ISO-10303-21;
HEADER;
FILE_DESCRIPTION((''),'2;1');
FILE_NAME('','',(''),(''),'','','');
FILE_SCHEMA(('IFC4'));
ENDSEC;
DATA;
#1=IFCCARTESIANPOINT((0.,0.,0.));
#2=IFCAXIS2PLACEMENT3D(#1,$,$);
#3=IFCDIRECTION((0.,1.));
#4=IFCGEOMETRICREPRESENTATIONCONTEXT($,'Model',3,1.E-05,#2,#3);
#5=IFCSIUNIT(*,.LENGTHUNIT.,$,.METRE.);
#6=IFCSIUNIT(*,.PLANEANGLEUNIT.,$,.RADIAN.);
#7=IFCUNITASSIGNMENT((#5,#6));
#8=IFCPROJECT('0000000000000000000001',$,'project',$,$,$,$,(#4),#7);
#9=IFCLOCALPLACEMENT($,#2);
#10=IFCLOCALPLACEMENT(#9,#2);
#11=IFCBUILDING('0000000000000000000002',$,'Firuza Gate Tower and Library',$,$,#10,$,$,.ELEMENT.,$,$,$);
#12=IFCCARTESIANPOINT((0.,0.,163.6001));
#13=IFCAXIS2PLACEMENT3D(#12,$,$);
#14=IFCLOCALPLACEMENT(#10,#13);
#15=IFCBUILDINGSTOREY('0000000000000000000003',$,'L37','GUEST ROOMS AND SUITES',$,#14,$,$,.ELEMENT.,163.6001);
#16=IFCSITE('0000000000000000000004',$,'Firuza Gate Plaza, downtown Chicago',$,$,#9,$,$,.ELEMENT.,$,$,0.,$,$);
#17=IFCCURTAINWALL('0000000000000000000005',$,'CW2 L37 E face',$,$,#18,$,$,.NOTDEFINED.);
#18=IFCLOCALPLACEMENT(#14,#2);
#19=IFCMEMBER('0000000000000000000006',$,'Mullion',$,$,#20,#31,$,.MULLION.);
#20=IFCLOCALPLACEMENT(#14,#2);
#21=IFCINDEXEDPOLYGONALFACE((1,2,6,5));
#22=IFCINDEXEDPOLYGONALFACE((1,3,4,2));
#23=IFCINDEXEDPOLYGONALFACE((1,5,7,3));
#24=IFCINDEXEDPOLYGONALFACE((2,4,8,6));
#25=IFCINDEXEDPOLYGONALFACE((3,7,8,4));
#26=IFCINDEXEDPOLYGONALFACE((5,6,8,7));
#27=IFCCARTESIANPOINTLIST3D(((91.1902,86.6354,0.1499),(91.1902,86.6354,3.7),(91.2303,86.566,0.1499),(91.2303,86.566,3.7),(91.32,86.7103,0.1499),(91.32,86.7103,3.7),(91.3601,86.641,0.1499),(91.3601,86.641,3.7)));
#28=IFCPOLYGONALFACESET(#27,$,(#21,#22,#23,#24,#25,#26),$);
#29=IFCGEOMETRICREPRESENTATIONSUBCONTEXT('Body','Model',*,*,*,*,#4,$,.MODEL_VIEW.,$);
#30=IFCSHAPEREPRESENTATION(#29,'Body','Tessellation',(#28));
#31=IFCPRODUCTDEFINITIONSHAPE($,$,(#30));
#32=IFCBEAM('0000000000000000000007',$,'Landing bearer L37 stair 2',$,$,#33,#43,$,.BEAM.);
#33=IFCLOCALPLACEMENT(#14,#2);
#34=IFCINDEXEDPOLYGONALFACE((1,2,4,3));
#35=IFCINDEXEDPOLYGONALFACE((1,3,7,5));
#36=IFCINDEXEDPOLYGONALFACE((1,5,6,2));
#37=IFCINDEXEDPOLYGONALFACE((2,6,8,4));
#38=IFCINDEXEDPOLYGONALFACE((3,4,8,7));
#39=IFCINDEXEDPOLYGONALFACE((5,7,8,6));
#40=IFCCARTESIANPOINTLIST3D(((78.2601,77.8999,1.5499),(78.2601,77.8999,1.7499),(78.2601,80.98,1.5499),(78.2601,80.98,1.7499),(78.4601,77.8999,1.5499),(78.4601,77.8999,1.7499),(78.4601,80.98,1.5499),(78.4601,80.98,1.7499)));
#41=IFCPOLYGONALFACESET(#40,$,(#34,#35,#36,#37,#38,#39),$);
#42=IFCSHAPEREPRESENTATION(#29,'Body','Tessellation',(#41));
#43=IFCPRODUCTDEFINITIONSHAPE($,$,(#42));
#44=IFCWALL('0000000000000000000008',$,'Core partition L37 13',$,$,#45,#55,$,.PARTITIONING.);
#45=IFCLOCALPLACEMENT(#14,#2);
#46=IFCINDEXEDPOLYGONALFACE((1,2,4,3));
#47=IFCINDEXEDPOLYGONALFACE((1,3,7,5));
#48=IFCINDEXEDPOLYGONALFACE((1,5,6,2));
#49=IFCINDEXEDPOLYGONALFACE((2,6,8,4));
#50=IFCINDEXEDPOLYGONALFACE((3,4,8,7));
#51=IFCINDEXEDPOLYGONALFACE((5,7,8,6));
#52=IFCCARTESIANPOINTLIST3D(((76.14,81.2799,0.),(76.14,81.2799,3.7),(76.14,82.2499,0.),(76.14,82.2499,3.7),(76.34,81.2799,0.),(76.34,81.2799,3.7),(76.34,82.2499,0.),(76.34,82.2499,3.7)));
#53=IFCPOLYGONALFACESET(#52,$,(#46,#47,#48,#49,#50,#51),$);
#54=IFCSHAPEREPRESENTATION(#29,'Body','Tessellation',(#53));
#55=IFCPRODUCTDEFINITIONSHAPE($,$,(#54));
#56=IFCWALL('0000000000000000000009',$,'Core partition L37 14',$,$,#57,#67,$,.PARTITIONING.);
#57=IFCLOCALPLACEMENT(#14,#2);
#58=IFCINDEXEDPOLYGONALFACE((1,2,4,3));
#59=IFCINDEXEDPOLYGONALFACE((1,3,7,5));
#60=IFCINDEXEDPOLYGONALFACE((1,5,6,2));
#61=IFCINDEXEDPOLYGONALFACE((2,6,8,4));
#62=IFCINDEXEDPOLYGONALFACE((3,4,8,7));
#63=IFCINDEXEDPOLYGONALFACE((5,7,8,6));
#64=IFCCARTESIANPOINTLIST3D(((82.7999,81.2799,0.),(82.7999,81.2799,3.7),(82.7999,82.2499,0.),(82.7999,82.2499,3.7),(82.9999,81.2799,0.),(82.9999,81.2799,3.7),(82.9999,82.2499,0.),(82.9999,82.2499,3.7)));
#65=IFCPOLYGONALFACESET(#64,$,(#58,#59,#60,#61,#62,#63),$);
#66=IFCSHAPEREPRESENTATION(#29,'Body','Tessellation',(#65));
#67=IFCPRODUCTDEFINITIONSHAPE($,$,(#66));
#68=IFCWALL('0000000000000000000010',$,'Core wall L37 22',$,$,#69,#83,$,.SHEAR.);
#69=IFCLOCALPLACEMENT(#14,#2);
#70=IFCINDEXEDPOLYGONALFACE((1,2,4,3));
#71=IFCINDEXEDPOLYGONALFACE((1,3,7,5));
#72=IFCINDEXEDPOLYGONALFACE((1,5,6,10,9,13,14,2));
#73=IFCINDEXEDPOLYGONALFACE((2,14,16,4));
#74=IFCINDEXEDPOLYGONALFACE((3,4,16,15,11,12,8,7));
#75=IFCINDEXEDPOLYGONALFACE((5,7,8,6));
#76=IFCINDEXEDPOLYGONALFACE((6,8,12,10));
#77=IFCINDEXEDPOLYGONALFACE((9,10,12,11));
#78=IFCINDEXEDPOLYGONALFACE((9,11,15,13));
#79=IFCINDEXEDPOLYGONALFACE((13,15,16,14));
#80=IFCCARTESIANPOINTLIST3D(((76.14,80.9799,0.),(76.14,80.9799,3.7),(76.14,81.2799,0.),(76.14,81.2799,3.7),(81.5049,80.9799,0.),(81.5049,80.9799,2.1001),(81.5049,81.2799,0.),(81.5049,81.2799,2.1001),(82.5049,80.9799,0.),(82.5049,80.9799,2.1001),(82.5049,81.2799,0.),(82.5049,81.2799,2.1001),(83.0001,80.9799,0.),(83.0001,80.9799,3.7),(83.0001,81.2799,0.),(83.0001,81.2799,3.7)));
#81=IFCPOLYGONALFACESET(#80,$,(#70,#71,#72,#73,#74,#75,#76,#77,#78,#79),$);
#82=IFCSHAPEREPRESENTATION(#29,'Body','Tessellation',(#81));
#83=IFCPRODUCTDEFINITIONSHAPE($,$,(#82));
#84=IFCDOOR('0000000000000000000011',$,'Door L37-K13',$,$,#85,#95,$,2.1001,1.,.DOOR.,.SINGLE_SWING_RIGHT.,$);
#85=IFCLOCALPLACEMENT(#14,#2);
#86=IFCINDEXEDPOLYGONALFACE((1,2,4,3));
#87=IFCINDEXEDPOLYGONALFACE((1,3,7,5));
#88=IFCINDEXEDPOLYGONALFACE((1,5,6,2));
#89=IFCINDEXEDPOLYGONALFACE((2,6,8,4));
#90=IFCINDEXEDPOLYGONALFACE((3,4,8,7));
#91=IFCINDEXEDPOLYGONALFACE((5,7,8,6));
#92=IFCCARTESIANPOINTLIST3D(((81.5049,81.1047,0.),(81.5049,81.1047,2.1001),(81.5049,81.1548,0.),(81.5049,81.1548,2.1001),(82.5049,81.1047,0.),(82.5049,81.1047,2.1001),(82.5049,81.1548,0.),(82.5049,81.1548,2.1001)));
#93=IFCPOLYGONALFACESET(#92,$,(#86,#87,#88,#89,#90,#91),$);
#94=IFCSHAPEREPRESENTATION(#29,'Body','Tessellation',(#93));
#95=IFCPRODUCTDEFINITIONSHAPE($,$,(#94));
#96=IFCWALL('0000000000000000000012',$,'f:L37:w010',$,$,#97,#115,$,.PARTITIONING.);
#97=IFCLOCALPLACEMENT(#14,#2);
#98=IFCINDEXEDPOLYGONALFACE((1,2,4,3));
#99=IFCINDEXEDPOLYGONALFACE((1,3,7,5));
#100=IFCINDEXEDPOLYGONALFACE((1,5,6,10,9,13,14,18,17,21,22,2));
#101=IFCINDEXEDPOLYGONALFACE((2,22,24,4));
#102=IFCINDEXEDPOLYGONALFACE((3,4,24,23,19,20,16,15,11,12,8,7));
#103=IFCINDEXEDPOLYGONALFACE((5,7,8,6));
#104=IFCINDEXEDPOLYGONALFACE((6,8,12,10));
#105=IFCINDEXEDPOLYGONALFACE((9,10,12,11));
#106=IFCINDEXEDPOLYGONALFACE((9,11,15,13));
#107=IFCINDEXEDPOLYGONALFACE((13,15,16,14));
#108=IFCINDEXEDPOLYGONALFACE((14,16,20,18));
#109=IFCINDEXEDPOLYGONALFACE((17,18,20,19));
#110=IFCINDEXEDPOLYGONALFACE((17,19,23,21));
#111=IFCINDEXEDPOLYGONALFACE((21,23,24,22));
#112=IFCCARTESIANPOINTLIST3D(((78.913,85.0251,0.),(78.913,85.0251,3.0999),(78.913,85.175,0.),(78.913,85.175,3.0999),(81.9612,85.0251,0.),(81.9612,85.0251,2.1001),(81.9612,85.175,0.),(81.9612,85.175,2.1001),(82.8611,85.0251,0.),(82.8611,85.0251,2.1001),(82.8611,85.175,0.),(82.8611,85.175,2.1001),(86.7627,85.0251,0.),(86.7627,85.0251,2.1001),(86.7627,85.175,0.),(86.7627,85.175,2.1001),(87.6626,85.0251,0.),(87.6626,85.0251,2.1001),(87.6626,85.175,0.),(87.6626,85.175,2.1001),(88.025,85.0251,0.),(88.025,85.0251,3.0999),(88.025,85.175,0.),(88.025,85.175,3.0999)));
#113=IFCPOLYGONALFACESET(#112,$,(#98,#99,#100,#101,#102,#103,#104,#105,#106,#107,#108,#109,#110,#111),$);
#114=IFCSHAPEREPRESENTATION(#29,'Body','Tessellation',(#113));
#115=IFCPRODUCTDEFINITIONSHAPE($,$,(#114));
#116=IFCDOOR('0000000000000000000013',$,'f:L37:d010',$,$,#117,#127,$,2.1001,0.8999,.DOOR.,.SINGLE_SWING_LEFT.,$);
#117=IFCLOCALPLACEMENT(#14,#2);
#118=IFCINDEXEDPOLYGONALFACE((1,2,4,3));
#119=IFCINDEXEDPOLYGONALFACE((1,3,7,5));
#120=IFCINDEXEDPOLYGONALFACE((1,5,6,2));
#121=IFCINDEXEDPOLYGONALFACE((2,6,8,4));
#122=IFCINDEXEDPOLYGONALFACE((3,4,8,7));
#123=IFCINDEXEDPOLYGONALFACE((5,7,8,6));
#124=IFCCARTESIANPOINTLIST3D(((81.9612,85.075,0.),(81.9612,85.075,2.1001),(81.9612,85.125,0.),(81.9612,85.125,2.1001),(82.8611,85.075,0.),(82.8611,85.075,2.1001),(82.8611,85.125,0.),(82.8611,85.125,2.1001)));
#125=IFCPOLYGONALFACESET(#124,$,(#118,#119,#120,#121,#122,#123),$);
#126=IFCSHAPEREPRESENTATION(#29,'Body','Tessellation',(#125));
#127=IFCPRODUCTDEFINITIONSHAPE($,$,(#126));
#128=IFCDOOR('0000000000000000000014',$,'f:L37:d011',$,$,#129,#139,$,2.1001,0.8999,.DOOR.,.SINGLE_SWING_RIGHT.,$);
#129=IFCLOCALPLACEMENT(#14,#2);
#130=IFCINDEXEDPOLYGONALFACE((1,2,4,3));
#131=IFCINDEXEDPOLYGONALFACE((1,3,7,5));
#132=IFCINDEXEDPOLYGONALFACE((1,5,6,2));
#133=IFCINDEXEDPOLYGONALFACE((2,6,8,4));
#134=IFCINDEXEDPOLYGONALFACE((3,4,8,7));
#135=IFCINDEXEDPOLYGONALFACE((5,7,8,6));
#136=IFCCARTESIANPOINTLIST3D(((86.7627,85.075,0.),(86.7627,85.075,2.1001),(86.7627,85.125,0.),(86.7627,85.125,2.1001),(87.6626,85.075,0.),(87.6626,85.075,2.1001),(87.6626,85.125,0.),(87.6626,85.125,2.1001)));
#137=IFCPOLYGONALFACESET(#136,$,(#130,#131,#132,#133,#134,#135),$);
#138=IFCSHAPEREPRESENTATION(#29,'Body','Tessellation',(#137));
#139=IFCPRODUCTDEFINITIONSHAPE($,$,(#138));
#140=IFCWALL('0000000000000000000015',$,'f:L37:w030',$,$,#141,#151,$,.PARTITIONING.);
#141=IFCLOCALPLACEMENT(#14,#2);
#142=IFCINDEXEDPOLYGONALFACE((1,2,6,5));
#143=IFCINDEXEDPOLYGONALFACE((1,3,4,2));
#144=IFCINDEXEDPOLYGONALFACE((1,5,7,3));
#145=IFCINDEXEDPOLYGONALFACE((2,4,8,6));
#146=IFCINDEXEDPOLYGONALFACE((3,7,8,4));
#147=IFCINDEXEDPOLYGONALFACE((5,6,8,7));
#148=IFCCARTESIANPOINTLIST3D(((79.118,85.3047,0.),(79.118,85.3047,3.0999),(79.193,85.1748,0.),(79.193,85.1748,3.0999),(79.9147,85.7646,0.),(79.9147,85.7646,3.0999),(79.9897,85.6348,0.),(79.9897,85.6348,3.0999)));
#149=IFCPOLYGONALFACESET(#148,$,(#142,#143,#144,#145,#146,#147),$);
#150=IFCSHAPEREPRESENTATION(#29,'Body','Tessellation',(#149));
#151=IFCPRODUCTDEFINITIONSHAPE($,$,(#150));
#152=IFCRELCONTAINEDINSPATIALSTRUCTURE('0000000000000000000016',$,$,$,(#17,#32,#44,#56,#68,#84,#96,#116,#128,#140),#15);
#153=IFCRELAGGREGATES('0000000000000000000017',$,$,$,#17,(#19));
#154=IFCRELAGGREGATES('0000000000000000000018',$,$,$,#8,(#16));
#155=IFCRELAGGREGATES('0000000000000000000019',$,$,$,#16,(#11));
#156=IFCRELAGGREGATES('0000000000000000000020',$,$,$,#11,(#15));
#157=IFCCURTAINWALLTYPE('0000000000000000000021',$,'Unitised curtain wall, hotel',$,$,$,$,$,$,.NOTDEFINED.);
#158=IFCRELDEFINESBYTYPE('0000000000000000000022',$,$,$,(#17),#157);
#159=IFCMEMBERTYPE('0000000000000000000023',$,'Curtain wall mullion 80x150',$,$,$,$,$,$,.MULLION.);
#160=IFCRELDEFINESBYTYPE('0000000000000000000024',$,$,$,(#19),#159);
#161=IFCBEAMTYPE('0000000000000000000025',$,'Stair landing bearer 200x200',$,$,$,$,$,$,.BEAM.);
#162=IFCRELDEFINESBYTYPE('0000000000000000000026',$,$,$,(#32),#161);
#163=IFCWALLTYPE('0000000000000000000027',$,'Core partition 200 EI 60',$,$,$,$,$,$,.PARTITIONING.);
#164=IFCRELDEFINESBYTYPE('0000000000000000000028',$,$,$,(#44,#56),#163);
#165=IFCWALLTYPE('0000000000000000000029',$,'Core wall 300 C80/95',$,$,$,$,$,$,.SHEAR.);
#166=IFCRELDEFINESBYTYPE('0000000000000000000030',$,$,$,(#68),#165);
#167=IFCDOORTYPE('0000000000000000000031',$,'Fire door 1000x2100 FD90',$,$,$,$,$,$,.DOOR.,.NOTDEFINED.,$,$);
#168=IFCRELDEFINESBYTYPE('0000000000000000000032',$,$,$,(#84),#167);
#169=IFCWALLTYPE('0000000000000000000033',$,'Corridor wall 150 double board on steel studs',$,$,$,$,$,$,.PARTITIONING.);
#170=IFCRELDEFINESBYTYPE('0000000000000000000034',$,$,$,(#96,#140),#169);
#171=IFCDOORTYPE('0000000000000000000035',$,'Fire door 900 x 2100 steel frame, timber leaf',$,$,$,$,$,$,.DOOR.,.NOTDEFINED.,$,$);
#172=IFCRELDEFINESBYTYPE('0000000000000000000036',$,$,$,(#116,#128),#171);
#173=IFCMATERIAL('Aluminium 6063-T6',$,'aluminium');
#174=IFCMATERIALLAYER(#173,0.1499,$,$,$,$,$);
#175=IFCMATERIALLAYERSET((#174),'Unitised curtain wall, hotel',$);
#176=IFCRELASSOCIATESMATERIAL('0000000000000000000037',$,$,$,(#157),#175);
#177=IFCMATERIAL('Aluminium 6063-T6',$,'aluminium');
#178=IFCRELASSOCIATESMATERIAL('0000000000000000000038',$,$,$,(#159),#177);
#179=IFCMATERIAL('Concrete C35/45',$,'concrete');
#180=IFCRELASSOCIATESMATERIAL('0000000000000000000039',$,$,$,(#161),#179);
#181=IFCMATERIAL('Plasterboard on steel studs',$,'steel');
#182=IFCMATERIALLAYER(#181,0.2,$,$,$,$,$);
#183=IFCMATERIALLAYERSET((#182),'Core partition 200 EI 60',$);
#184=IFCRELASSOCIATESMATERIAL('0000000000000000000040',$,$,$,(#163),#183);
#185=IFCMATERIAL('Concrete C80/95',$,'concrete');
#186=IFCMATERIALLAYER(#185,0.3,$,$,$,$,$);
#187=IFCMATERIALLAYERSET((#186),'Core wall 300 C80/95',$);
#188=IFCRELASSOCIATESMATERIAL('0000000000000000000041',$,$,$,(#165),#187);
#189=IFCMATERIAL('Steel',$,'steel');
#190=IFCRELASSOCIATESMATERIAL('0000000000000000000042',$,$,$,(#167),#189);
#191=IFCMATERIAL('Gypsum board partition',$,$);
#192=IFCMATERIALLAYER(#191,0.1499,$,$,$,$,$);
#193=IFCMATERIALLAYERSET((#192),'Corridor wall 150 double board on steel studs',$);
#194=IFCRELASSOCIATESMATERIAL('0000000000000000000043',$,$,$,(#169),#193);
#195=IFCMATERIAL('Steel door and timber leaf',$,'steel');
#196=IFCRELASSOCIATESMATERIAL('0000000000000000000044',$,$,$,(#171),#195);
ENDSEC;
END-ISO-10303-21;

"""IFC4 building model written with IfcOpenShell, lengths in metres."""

from ifc_helpers import new_model, si_unit, direction, frame, frame_2d, origin, origin_2d, place, context, subcontext, project, spatial, rectangle, extrude, material, layer, layer_set, material_profile, profile_set, type_object, element, fill, aggregate, save


model = new_model("IFC4")

# Units and contexts
model_context = context("Model", 3, precision=1e-05, world=origin(), true_north=direction((0.0, 1.0)))
body_context = subcontext(model_context, "Body", "Model", "MODEL_VIEW")
ifc_project = project(units=[si_unit("LENGTHUNIT", "METRE"), si_unit("PLANEANGLEUNIT", "RADIAN")], contexts=[model_context])

# Site, building, storey
site_placement = place(None, origin())
site = spatial("IfcSite", under=ifc_project, at=site_placement, Name="Firuza Gate Plaza, downtown Chicago", CompositionType="ELEMENT", RefElevation=0.0)
building_placement = place(site_placement, origin())
building = spatial("IfcBuilding", under=site, at=building_placement, Name="Firuza Gate Tower and Library", CompositionType="ELEMENT")
storey_placement = place(building_placement, frame((0.0, 0.0, 163.6001)))
storey = spatial("IfcBuildingStorey", under=building, at=storey_placement, Name="L37", Description="GUEST ROOMS AND SUITES", CompositionType="ELEMENT", Elevation=163.6001)

# Curtain wall, member
ifc_material_1 = material(Name="Aluminium 6063-T6", Category="aluminium")
ifc_layer_1 = layer(ifc_material_1, 0.1499)
ifc_layer_set_1 = layer_set([ifc_layer_1], Name="Unitised curtain wall, hotel")
curtain_wall_type = type_object("IfcCurtainWallType", Name="Unitised curtain wall, hotel", PredefinedType="NOTDEFINED", material=ifc_layer_set_1)
placement = place(storey_placement, origin())
curtain_wall = element("IfcCurtainWall", 1, at=placement, inside=storey, type_object=curtain_wall_type, Name="CW2 L37 E face", PredefinedType="NOTDEFINED")
ifc_material_2 = material(Name="Aluminium 6063-T6", Category="aluminium")
ifc_material_profile_1 = material_profile(ifc_material_2, rectangle(XDim=0.1499, YDim=0.0801, at=origin_2d()))
ifc_profile_set_1 = profile_set([ifc_material_profile_1], Name="Aluminium 6063-T6")
member_type = type_object("IfcMemberType", Name="Curtain wall mullion 80x150", PredefinedType="MULLION", material=ifc_profile_set_1)
member_placement = place(storey_placement, frame((91.2751, 86.6382, 0.1499), z_axis=(0.0, 0.0, 1.0), x_axis=(-0.866025, -0.5, 0.0)))
member = element("IfcMember", 2, at=member_placement, type_object=member_type, Name="Mullion", PredefinedType="MULLION", context=body_context, shape_type="SweptSolid", body=[
    extrude(rectangle(XDim=0.1499, YDim=0.0801, at=origin_2d()), origin(), (0.0, 0.0, 1.0), 3.55),
])
aggregate(curtain_wall, [member])

# Beam
ifc_material_3 = material(Name="Concrete C35/45", Category="concrete")
ifc_material_profile_2 = material_profile(ifc_material_3, rectangle(XDim=0.2, YDim=0.2, at=origin_2d()))
ifc_profile_set_2 = profile_set([ifc_material_profile_2], Name="Concrete C35/45")
beam_type = type_object("IfcBeamType", Name="Stair landing bearer 200x200", PredefinedType="BEAM", material=ifc_profile_set_2)
beam_placement = place(storey_placement, frame((78.3601, 80.98, 1.6499), z_axis=(0.0, -1.0, 0.0), x_axis=(1.0, 0.0, 0.0)))
element("IfcBeam", 3, at=beam_placement, inside=storey, type_object=beam_type, Name="Landing bearer L37 stair 2", PredefinedType="BEAM", context=body_context, shape_type="SweptSolid", body=[
    extrude(rectangle(XDim=0.2, YDim=0.2, at=origin_2d()), origin(), (0.0, 0.0, 1.0), 3.0801),
])

# Walls
ifc_material_4 = material(Name="Plasterboard on steel studs", Category="steel")
ifc_layer_2 = layer(ifc_material_4, 0.2)
ifc_layer_set_2 = layer_set([ifc_layer_2], Name="Core partition 200 EI 60")
wall_type_1 = type_object("IfcWallType", Name="Core partition 200 EI 60", PredefinedType="PARTITIONING", material=ifc_layer_set_2)
for number, where, z_axis, x_axis, name in (
    (4, (76.24, 81.28, 0.0), (0.0, 0.0, 1.0), (0.0, 1.0, 0.0), "Core partition L37 13"),
    (5, (82.8999, 81.28, 0.0), (0.0, 0.0, 1.0), (0.0, 1.0, 0.0), "Core partition L37 14"),
):
    element("IfcWall", number, at=place(storey_placement, frame(where, z_axis=z_axis, x_axis=x_axis)), inside=storey, type_object=wall_type_1, Name=name, PredefinedType="PARTITIONING", context=body_context, shape_type="SweptSolid", body=[
        extrude(rectangle(XDim=0.97, YDim=0.2, at=frame_2d((0.4849, 0.0))), origin(), (0.0, 0.0, 1.0), 3.7),
    ])

# Wall, opening, door
ifc_material_5 = material(Name="Concrete C80/95", Category="concrete")
ifc_layer_3 = layer(ifc_material_5, 0.3)
ifc_layer_set_3 = layer_set([ifc_layer_3], Name="Core wall 300 C80/95")
wall_type_2 = type_object("IfcWallType", Name="Core wall 300 C80/95", PredefinedType="SHEAR", material=ifc_layer_set_3)
wall_1_placement = place(storey_placement, frame((76.1399, 81.1299, 0.0), z_axis=(0.0, 0.0, 1.0), x_axis=(1.0, 0.0, 0.0)))
wall_1 = element("IfcWall", 6, at=wall_1_placement, inside=storey, type_object=wall_type_2, Name="Core wall L37 22", PredefinedType="SHEAR", context=body_context, shape_type="SweptSolid", body=[
    extrude(rectangle(XDim=6.8601, YDim=0.3, at=frame_2d((3.4302, 0.0))), origin(), (0.0, 0.0, 1.0), 3.7),
])
opening_1_placement = place(wall_1_placement, frame((5.365, 0.0, 0.0)))
opening_1 = element("IfcOpeningElement", 7, at=opening_1_placement, cuts=wall_1, PredefinedType="OPENING", context=body_context, shape_type="SweptSolid", body=[
    extrude(rectangle(XDim=1.0, YDim=2.1001, at=frame_2d((0.5, 1.05))), frame((0.0, 0.1602, 0.0), z_axis=(0.0, -1.0, 0.0), x_axis=(1.0, 0.0, 0.0)), (0.0, 0.0, 1.0), 0.3201),
])
ifc_material_6 = material(Name="Steel", Category="steel")
door_type_1 = type_object("IfcDoorType", Name="Fire door 1000x2100 FD90", OperationType="NOTDEFINED", PredefinedType="DOOR", material=ifc_material_6)
door_1_placement = place(opening_1_placement, origin())
door_1 = element("IfcDoor", 8, at=door_1_placement, inside=storey, type_object=door_type_1, Name="Door L37-K13", OperationType="SINGLE_SWING_RIGHT", OverallHeight=2.1001, OverallWidth=1.0, PredefinedType="DOOR", context=body_context, shape_type="SweptSolid", body=[
    extrude(rectangle(XDim=1.0, YDim=2.1001, at=frame_2d((0.5, 1.05))), frame((0.0, 0.0249, 0.0), z_axis=(0.0, -1.0, 0.0), x_axis=(1.0, 0.0, 0.0)), (0.0, 0.0, 1.0), 0.05),
])
fill(opening_1, door_1)

# Wall, openings, doors
ifc_material_7 = material(Name="Gypsum board partition")
ifc_layer_4 = layer(ifc_material_7, 0.1499)
ifc_layer_set_4 = layer_set([ifc_layer_4], Name="Corridor wall 150 double board on steel studs")
wall_type_3 = type_object("IfcWallType", Name="Corridor wall 150 double board on steel studs", PredefinedType="PARTITIONING", material=ifc_layer_set_4)
wall_2_placement = place(storey_placement, frame((78.9128, 85.1001, 0.0), z_axis=(0.0, 0.0, 1.0), x_axis=(1.0, 0.0, 0.0)))
wall_2 = element("IfcWall", 9, at=wall_2_placement, inside=storey, type_object=wall_type_3, Name="f:L37:w010", PredefinedType="PARTITIONING", context=body_context, shape_type="SweptSolid", body=[
    extrude(rectangle(XDim=9.1121, YDim=0.1499, at=frame_2d((4.5562, 0.0))), origin(), (0.0, 0.0, 1.0), 3.0999),
])
opening_2_placement = place(wall_2_placement, frame((3.0483, 0.0, 0.0)))
opening_2 = element("IfcOpeningElement", 10, at=opening_2_placement, cuts=wall_2, PredefinedType="OPENING", context=body_context, shape_type="SweptSolid", body=[
    extrude(rectangle(XDim=0.8999, YDim=2.1001, at=frame_2d((0.45, 1.05))), frame((0.0, 0.085, 0.0), z_axis=(0.0, -1.0, 0.0), x_axis=(1.0, 0.0, 0.0)), (0.0, 0.0, 1.0), 0.1699),
])
opening_3_placement = place(wall_2_placement, frame((7.8499, 0.0, 0.0)))
opening_3 = element("IfcOpeningElement", 11, at=opening_3_placement, cuts=wall_2, PredefinedType="OPENING", context=body_context, shape_type="SweptSolid", body=[
    extrude(rectangle(XDim=0.8999, YDim=2.1001, at=frame_2d((0.45, 1.05))), frame((0.0, 0.085, 0.0), z_axis=(0.0, -1.0, 0.0), x_axis=(1.0, 0.0, 0.0)), (0.0, 0.0, 1.0), 0.1699),
])
ifc_material_8 = material(Name="Steel door and timber leaf", Category="steel")
door_type_2 = type_object("IfcDoorType", Name="Fire door 900 x 2100 steel frame, timber leaf", OperationType="NOTDEFINED", PredefinedType="DOOR", material=ifc_material_8)
door_2_placement = place(opening_2_placement, origin())
door_2 = element("IfcDoor", 12, at=door_2_placement, inside=storey, type_object=door_type_2, Name="f:L37:d010", OperationType="SINGLE_SWING_LEFT", OverallHeight=2.1001, OverallWidth=0.8999, PredefinedType="DOOR", context=body_context, shape_type="SweptSolid", body=[
    extrude(rectangle(XDim=0.8999, YDim=2.1001, at=frame_2d((0.45, 1.05))), frame((0.0, 0.0249, 0.0), z_axis=(0.0, -1.0, 0.0), x_axis=(1.0, 0.0, 0.0)), (0.0, 0.0, 1.0), 0.05),
])
fill(opening_2, door_2)
door_3_placement = place(opening_3_placement, origin())
door_3 = element("IfcDoor", 13, at=door_3_placement, inside=storey, type_object=door_type_2, Name="f:L37:d011", OperationType="SINGLE_SWING_RIGHT", OverallHeight=2.1001, OverallWidth=0.8999, PredefinedType="DOOR", context=body_context, shape_type="SweptSolid", body=[
    extrude(rectangle(XDim=0.8999, YDim=2.1001, at=frame_2d((0.45, 1.05))), frame((0.0, 0.0249, 0.0), z_axis=(0.0, -1.0, 0.0), x_axis=(1.0, 0.0, 0.0)), (0.0, 0.0, 1.0), 0.05),
])
fill(opening_3, door_3)

# Wall
wall_3_placement = place(storey_placement, frame((79.1555, 85.2397, 0.0), z_axis=(0.0, 0.0, 1.0), x_axis=(0.866013, 0.500021, 0.0)))
element("IfcWall", 14, at=wall_3_placement, inside=storey, type_object=wall_type_3, Name="f:L37:w030", PredefinedType="PARTITIONING", context=body_context, shape_type="SweptSolid", body=[
    extrude(rectangle(XDim=0.9199, YDim=0.1499, at=frame_2d((0.46, 0.0))), origin(), (0.0, 0.0, 1.0), 3.0999),
])

save(model, "model.ifc")
